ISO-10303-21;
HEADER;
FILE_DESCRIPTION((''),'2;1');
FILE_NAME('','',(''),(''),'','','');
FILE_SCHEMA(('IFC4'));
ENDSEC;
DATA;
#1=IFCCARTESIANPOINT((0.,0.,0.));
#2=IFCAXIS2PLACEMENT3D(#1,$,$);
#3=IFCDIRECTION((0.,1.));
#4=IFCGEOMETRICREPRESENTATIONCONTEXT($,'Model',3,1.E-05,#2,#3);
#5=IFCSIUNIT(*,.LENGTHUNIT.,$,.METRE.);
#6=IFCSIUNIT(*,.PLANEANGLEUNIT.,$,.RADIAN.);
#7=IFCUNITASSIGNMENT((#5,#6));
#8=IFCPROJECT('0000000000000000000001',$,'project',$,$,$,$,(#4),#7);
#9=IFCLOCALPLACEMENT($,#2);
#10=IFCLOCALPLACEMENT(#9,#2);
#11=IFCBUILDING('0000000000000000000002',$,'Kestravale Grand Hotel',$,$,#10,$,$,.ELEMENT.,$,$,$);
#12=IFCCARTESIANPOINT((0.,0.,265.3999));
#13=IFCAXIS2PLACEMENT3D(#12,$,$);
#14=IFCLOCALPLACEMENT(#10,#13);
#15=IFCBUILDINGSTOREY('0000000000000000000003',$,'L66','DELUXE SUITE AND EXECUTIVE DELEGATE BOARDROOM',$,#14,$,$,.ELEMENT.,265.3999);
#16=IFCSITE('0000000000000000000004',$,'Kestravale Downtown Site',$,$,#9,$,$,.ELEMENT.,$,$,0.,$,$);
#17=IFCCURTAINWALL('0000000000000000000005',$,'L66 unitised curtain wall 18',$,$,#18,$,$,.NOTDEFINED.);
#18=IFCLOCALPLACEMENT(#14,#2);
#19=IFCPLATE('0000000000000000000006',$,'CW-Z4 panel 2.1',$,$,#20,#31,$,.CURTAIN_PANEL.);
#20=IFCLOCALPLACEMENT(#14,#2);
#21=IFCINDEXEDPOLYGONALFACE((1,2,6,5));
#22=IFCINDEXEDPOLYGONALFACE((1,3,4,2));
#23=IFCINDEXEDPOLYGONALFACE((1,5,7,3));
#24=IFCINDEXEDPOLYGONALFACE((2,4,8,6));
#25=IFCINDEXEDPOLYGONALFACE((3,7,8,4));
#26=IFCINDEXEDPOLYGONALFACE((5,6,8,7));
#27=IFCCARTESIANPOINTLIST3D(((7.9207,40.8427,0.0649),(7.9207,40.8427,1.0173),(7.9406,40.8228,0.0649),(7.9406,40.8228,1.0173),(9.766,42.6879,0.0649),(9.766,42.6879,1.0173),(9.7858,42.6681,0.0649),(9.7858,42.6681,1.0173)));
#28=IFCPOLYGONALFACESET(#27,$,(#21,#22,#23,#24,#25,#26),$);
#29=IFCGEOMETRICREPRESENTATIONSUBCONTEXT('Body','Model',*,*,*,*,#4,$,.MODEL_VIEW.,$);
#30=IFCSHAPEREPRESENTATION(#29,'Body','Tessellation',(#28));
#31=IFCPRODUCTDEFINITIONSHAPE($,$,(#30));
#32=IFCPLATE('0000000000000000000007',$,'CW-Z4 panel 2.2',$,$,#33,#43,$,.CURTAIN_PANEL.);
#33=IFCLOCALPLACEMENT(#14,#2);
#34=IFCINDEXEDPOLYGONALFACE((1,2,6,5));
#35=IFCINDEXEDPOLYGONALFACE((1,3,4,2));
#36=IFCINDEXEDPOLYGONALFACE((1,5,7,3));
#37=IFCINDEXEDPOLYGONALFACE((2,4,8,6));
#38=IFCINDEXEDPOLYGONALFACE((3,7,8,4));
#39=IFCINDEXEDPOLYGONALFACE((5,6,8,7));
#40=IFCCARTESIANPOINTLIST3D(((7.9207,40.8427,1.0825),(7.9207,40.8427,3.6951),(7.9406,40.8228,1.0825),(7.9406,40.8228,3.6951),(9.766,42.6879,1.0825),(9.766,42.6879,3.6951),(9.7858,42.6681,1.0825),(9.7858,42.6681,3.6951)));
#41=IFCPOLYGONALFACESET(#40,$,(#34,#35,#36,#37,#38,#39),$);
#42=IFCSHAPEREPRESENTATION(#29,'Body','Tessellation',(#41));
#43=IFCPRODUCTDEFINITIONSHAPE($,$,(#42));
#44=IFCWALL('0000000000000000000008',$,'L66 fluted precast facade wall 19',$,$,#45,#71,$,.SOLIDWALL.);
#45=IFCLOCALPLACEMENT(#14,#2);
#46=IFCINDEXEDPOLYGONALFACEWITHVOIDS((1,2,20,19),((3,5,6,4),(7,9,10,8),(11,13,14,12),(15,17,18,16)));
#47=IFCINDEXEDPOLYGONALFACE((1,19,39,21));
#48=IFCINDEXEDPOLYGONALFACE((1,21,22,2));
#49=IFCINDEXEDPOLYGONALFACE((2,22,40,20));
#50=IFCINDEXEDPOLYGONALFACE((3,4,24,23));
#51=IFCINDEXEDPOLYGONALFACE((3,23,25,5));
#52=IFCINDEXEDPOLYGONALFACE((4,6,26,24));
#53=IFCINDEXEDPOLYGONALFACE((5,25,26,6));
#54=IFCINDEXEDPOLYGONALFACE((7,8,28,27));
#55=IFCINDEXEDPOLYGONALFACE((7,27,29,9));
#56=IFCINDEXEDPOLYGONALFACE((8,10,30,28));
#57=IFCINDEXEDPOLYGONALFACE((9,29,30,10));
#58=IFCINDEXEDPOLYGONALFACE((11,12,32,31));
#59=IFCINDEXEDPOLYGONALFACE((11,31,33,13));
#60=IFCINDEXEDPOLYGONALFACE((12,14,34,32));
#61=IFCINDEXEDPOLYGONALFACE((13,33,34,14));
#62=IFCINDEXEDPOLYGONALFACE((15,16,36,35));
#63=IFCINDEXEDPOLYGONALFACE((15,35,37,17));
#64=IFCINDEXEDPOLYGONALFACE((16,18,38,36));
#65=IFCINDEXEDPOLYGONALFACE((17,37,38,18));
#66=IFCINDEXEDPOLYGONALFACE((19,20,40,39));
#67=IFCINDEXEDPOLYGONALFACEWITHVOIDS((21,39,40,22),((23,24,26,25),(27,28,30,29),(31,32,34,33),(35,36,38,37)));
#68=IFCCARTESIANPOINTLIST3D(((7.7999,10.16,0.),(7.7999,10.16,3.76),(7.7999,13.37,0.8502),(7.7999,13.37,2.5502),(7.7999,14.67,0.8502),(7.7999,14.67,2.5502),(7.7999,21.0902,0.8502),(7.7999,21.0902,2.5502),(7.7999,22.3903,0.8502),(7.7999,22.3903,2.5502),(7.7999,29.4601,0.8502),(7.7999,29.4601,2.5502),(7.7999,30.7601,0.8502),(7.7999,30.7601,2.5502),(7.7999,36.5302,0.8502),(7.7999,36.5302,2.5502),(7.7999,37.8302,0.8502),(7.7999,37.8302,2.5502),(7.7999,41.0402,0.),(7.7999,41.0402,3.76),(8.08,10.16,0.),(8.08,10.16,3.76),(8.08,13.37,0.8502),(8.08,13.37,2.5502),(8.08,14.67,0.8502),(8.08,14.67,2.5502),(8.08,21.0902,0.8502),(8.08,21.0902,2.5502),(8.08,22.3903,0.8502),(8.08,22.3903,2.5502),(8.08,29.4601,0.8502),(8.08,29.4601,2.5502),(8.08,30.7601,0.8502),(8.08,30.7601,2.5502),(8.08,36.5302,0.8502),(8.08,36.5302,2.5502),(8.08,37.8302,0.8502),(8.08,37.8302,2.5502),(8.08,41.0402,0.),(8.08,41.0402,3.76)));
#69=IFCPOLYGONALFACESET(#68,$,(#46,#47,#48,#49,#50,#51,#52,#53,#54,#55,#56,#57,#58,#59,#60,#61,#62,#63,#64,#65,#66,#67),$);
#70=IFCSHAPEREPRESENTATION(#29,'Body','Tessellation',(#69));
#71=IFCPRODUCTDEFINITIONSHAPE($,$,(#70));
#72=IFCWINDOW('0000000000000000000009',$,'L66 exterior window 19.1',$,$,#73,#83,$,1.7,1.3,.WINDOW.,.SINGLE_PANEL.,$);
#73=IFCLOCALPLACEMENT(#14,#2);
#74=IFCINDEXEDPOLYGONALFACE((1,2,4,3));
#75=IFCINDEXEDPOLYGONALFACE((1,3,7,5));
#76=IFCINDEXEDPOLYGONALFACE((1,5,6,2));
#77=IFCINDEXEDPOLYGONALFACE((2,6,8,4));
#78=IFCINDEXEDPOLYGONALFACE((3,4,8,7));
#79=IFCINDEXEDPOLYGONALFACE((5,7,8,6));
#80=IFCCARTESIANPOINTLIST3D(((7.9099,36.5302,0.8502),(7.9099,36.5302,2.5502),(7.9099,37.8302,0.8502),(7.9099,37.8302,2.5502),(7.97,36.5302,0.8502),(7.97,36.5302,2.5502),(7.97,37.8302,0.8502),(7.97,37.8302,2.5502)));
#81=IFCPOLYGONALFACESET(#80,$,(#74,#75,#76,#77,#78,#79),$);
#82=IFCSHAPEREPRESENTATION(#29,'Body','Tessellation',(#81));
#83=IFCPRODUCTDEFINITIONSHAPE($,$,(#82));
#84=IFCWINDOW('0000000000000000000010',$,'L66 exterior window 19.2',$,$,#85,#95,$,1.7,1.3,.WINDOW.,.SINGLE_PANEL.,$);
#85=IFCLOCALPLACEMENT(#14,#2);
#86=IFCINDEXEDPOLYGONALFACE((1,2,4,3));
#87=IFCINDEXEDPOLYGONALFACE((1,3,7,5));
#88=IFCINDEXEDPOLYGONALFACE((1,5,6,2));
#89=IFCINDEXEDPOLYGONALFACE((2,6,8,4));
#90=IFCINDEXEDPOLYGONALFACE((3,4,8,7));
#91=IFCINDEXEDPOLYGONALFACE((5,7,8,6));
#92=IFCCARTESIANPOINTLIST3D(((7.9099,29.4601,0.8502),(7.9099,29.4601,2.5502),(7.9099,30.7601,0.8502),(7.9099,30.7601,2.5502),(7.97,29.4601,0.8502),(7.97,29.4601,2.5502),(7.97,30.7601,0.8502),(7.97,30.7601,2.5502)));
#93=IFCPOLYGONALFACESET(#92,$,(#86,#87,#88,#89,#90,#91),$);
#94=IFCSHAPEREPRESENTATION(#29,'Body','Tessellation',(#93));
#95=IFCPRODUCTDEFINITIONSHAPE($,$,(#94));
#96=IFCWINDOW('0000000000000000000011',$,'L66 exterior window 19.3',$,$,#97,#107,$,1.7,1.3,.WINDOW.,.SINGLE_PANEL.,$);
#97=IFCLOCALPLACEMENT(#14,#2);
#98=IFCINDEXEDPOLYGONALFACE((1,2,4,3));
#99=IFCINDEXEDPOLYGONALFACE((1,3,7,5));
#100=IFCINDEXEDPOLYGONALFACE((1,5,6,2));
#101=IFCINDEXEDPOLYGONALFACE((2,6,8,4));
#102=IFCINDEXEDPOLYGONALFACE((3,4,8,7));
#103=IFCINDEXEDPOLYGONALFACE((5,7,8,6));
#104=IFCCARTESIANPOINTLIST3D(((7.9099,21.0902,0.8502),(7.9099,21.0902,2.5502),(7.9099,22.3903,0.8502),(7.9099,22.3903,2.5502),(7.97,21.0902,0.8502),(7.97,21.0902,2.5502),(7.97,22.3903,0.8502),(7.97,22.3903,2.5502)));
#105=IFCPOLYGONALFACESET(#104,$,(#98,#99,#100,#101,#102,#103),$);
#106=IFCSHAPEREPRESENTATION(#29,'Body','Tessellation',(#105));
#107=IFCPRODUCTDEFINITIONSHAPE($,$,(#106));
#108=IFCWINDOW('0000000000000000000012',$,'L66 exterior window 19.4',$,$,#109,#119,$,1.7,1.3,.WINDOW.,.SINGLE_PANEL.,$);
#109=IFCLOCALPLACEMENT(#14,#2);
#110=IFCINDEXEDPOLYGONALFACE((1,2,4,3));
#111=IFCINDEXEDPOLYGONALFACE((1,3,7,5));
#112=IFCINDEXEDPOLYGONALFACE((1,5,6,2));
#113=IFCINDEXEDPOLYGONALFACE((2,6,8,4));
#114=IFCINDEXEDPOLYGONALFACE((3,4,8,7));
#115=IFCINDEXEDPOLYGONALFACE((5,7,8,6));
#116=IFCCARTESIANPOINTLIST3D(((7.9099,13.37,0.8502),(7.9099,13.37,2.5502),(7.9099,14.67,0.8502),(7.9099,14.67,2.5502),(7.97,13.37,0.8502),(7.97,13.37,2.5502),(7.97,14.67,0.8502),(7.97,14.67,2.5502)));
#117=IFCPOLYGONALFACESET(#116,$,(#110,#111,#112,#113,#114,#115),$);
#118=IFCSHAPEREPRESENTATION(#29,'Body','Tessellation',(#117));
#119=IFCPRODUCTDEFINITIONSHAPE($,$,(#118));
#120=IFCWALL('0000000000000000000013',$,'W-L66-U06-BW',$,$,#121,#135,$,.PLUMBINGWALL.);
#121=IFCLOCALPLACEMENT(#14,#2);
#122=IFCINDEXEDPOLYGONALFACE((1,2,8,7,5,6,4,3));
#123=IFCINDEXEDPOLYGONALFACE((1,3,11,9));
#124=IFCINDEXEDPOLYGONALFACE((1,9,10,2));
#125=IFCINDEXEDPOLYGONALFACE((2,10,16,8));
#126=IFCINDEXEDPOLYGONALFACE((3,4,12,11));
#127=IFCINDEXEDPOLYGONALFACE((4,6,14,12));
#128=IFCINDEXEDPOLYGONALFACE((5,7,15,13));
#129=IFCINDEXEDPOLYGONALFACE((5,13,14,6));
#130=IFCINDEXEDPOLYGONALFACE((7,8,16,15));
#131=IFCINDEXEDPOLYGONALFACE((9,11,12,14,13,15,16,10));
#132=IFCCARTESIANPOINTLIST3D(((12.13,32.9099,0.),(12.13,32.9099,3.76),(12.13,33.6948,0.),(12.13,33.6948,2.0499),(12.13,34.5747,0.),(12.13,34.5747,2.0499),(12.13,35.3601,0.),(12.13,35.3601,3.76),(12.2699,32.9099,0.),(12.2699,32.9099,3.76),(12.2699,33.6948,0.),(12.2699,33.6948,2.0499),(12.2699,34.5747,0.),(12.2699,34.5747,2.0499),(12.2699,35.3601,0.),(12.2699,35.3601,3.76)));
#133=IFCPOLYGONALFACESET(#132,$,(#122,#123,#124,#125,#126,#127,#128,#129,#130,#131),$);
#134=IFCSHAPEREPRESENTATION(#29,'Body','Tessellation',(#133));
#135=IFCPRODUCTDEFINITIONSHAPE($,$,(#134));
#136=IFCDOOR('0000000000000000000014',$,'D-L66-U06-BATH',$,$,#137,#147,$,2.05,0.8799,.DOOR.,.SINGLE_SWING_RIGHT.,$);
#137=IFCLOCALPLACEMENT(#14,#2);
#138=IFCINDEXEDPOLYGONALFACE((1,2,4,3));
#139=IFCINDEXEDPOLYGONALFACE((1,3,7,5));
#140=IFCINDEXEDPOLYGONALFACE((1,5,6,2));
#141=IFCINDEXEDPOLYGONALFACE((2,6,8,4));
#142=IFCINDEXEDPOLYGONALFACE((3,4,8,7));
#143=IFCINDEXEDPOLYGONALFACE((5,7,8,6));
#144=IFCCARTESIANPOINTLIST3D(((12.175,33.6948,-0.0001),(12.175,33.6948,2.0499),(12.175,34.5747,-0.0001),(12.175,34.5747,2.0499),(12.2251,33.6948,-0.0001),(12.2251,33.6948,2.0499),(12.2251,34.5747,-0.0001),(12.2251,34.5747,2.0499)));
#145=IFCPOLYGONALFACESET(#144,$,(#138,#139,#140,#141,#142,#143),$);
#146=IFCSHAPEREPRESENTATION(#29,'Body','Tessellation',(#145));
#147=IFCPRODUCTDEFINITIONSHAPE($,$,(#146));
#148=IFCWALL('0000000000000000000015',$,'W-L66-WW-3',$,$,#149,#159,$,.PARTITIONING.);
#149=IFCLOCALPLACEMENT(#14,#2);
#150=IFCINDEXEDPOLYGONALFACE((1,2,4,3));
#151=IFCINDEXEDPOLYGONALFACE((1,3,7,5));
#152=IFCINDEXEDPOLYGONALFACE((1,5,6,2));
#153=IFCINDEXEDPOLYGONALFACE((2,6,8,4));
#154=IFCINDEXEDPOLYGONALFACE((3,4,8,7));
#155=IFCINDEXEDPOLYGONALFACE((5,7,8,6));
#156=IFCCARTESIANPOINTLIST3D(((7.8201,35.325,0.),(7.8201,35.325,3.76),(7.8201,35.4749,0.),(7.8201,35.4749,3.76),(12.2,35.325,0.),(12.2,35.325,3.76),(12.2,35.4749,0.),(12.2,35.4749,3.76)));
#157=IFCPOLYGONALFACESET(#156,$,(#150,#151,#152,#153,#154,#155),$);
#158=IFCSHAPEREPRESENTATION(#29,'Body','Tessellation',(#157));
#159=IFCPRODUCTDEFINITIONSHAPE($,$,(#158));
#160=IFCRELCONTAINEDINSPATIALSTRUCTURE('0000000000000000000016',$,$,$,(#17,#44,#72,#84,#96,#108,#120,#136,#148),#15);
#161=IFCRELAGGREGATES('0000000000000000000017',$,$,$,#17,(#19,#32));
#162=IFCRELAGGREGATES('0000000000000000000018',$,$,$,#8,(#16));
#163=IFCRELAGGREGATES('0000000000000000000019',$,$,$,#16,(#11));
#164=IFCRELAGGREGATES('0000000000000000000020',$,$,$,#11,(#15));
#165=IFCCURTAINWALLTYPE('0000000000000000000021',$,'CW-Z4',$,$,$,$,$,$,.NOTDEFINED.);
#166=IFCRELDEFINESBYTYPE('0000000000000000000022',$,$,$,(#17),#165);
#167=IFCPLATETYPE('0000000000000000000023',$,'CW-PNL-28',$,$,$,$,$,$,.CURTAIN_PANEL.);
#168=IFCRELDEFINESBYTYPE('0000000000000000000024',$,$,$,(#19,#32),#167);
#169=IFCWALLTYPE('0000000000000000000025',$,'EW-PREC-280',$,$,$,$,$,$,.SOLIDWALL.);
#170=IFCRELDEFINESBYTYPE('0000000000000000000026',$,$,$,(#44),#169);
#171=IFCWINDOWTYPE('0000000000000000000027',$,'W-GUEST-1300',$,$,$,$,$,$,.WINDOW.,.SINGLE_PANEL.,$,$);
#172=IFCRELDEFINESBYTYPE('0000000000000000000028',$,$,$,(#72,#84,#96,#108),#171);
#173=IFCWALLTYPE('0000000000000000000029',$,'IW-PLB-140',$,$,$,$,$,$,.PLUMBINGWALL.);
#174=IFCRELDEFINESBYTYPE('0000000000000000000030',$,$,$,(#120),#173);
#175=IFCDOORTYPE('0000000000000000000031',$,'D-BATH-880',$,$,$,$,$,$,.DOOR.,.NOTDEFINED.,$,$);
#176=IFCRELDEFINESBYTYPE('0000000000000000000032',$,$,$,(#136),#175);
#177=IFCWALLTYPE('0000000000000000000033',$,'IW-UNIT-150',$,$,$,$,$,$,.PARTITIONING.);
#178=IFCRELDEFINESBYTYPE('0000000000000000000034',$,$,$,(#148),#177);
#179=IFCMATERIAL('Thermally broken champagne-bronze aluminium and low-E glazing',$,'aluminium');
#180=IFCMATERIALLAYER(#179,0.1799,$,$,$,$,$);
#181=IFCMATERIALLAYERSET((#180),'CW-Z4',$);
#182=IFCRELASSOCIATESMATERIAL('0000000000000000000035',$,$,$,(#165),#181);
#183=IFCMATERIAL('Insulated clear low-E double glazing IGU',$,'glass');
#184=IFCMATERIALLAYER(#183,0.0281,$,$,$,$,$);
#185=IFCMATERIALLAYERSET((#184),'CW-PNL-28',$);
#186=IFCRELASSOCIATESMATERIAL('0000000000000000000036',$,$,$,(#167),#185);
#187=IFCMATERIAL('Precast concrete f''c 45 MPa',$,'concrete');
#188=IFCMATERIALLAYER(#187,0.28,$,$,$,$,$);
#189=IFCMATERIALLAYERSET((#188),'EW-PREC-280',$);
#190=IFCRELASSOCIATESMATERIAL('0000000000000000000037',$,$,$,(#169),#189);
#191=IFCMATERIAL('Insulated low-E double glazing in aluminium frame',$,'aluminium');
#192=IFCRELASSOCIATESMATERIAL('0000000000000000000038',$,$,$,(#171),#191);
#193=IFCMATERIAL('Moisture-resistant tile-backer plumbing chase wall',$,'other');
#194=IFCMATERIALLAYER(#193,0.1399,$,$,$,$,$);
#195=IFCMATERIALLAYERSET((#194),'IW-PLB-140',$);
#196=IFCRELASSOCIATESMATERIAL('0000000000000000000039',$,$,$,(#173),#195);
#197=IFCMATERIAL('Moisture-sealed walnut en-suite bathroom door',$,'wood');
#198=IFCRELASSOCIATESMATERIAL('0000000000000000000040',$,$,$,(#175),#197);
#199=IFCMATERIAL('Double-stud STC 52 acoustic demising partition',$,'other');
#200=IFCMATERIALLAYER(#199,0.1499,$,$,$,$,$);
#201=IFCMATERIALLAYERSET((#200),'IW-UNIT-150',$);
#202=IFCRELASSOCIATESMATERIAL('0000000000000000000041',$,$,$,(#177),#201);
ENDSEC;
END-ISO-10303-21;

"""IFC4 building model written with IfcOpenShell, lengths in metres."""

from ifc_helpers import new_model, si_unit, direction, frame, frame_2d, origin, origin_2d, place, context, subcontext, project, spatial, rectangle, extrude, material, layer, layer_set, type_object, element, fill, aggregate, save


model = new_model("IFC4")

# Units and contexts
model_context = context("Model", 3, precision=1e-05, world=origin(), true_north=direction((0.0, 1.0)))
body_context = subcontext(model_context, "Body", "Model", "MODEL_VIEW")
ifc_project = project(units=[si_unit("LENGTHUNIT", "METRE"), si_unit("PLANEANGLEUNIT", "RADIAN")], contexts=[model_context])

# Site, building, storey
site_placement = place(None, origin())
site = spatial("IfcSite", under=ifc_project, at=site_placement, Name="Kestravale Downtown Site", CompositionType="ELEMENT", RefElevation=0.0)
building_placement = place(site_placement, origin())
building = spatial("IfcBuilding", under=site, at=building_placement, Name="Kestravale Grand Hotel", CompositionType="ELEMENT")
storey_placement = place(building_placement, frame((0.0, 0.0, 265.3999)))
storey = spatial("IfcBuildingStorey", under=building, at=storey_placement, Name="L66", Description="DELUXE SUITE AND EXECUTIVE DELEGATE BOARDROOM", CompositionType="ELEMENT", Elevation=265.3999)

# Curtain wall, plates
ifc_material_1 = material(Name="Thermally broken champagne-bronze aluminium and low-E glazing", Category="aluminium")
ifc_layer_1 = layer(ifc_material_1, 0.1799)
ifc_layer_set_1 = layer_set([ifc_layer_1], Name="CW-Z4")
curtain_wall_type = type_object("IfcCurtainWallType", Name="CW-Z4", PredefinedType="NOTDEFINED", material=ifc_layer_set_1)
curtain_wall_placement = place(storey_placement, origin())
curtain_wall = element("IfcCurtainWall", 1, at=curtain_wall_placement, inside=storey, type_object=curtain_wall_type, Name="L66 unitised curtain wall 18", PredefinedType="NOTDEFINED")
ifc_material_2 = material(Name="Insulated clear low-E double glazing IGU", Category="glass")
ifc_layer_2 = layer(ifc_material_2, 0.0281)
ifc_layer_set_2 = layer_set([ifc_layer_2], Name="CW-PNL-28")
plate_type = type_object("IfcPlateType", Name="CW-PNL-28", PredefinedType="CURTAIN_PANEL", material=ifc_layer_set_2)
plate_1_placement = place(storey_placement, frame((8.8533, 41.7554, 0.0649), z_axis=(0.0, 0.0, 1.0), x_axis=(-0.707107, -0.707107, 0.0)))
plate_1 = element("IfcPlate", 2, at=plate_1_placement, type_object=plate_type, Name="CW-Z4 panel 2.1", PredefinedType="CURTAIN_PANEL", context=body_context, shape_type="SweptSolid", body=[
    extrude(rectangle(XDim=2.6096, YDim=0.0281, at=origin_2d()), origin(), (0.0, 0.0, 1.0), 0.9524),
])
plate_2_placement = place(storey_placement, frame((8.8533, 41.7554, 1.0825), z_axis=(0.0, 0.0, 1.0), x_axis=(-0.707107, -0.707107, 0.0)))
plate_2 = element("IfcPlate", 3, at=plate_2_placement, type_object=plate_type, Name="CW-Z4 panel 2.2", PredefinedType="CURTAIN_PANEL", context=body_context, shape_type="SweptSolid", body=[
    extrude(rectangle(XDim=2.6096, YDim=0.0281, at=origin_2d()), origin(), (0.0, 0.0, 1.0), 2.6125),
])
aggregate(curtain_wall, [plate_1, plate_2])

# Wall, openings, windows
ifc_material_3 = material(Name="Precast concrete f'c 45 MPa", Category="concrete")
ifc_layer_3 = layer(ifc_material_3, 0.28)
ifc_layer_set_3 = layer_set([ifc_layer_3], Name="EW-PREC-280")
wall_type_1 = type_object("IfcWallType", Name="EW-PREC-280", PredefinedType="SOLIDWALL", material=ifc_layer_set_3)
wall_1_placement = place(storey_placement, frame((7.9399, 41.04, 0.0), z_axis=(0.0, 0.0, 1.0), x_axis=(0.0, -1.0, 0.0)))
wall_1 = element("IfcWall", 4, at=wall_1_placement, inside=storey, type_object=wall_type_1, Name="L66 fluted precast facade wall 19", PredefinedType="SOLIDWALL", context=body_context, shape_type="SweptSolid", body=[
    extrude(rectangle(XDim=30.8801, YDim=0.28, at=frame_2d((15.4399, 0.0))), origin(), (0.0, 0.0, 1.0), 3.76),
])
opening_1_placement = place(wall_1_placement, frame((3.21, 0.0, 0.8501)))
opening_1 = element("IfcOpeningElement", 5, at=opening_1_placement, cuts=wall_1, PredefinedType="OPENING", context=body_context, shape_type="SweptSolid", body=[
    extrude(rectangle(XDim=1.3, YDim=1.7, at=frame_2d((0.6499, 0.8501))), frame((0.0, 0.1499, 0.0), z_axis=(0.0, -1.0, 0.0), x_axis=(1.0, 0.0, 0.0)), (0.0, 0.0, 1.0), 0.3),
])
opening_2_placement = place(wall_1_placement, frame((10.28, 0.0, 0.8501)))
opening_2 = element("IfcOpeningElement", 6, at=opening_2_placement, cuts=wall_1, PredefinedType="OPENING", context=body_context, shape_type="SweptSolid", body=[
    extrude(rectangle(XDim=1.3, YDim=1.7, at=frame_2d((0.6499, 0.8501))), frame((0.0, 0.1499, 0.0), z_axis=(0.0, -1.0, 0.0), x_axis=(1.0, 0.0, 0.0)), (0.0, 0.0, 1.0), 0.3),
])
opening_3_placement = place(wall_1_placement, frame((18.6499, 0.0, 0.8501)))
opening_3 = element("IfcOpeningElement", 7, at=opening_3_placement, cuts=wall_1, PredefinedType="OPENING", context=body_context, shape_type="SweptSolid", body=[
    extrude(rectangle(XDim=1.3, YDim=1.7, at=frame_2d((0.6499, 0.8501))), frame((0.0, 0.1499, 0.0), z_axis=(0.0, -1.0, 0.0), x_axis=(1.0, 0.0, 0.0)), (0.0, 0.0, 1.0), 0.3),
])
opening_4_placement = place(wall_1_placement, frame((26.3701, 0.0, 0.8501)))
opening_4 = element("IfcOpeningElement", 8, at=opening_4_placement, cuts=wall_1, PredefinedType="OPENING", context=body_context, shape_type="SweptSolid", body=[
    extrude(rectangle(XDim=1.3, YDim=1.7, at=frame_2d((0.6499, 0.8501))), frame((0.0, 0.1499, 0.0), z_axis=(0.0, -1.0, 0.0), x_axis=(1.0, 0.0, 0.0)), (0.0, 0.0, 1.0), 0.3),
])
ifc_material_4 = material(Name="Insulated low-E double glazing in aluminium frame", Category="aluminium")
window_type = type_object("IfcWindowType", Name="W-GUEST-1300", PartitioningType="SINGLE_PANEL", PredefinedType="WINDOW", material=ifc_material_4)
window_1_placement = place(opening_1_placement, origin())
window_1 = element("IfcWindow", 9, at=window_1_placement, inside=storey, type_object=window_type, Name="L66 exterior window 19.1", OverallHeight=1.7, OverallWidth=1.3, PartitioningType="SINGLE_PANEL", PredefinedType="WINDOW", context=body_context, shape_type="SweptSolid", body=[
    extrude(rectangle(XDim=1.3, YDim=1.7, at=frame_2d((0.6499, 0.8501))), frame((0.0, 0.03, 0.0), z_axis=(0.0, -1.0, 0.0), x_axis=(1.0, 0.0, 0.0)), (0.0, 0.0, 1.0), 0.0601),
])
fill(opening_1, window_1)
window_2_placement = place(opening_2_placement, origin())
window_2 = element("IfcWindow", 10, at=window_2_placement, inside=storey, type_object=window_type, Name="L66 exterior window 19.2", OverallHeight=1.7, OverallWidth=1.3, PartitioningType="SINGLE_PANEL", PredefinedType="WINDOW", context=body_context, shape_type="SweptSolid", body=[
    extrude(rectangle(XDim=1.3, YDim=1.7, at=frame_2d((0.6499, 0.8501))), frame((0.0, 0.03, 0.0), z_axis=(0.0, -1.0, 0.0), x_axis=(1.0, 0.0, 0.0)), (0.0, 0.0, 1.0), 0.0601),
])
fill(opening_2, window_2)
window_3_placement = place(opening_3_placement, origin())
window_3 = element("IfcWindow", 11, at=window_3_placement, inside=storey, type_object=window_type, Name="L66 exterior window 19.3", OverallHeight=1.7, OverallWidth=1.3, PartitioningType="SINGLE_PANEL", PredefinedType="WINDOW", context=body_context, shape_type="SweptSolid", body=[
    extrude(rectangle(XDim=1.3, YDim=1.7, at=frame_2d((0.6499, 0.8501))), frame((0.0, 0.03, 0.0), z_axis=(0.0, -1.0, 0.0), x_axis=(1.0, 0.0, 0.0)), (0.0, 0.0, 1.0), 0.0601),
])
fill(opening_3, window_3)
window_4_placement = place(opening_4_placement, origin())
window_4 = element("IfcWindow", 12, at=window_4_placement, inside=storey, type_object=window_type, Name="L66 exterior window 19.4", OverallHeight=1.7, OverallWidth=1.3, PartitioningType="SINGLE_PANEL", PredefinedType="WINDOW", context=body_context, shape_type="SweptSolid", body=[
    extrude(rectangle(XDim=1.3, YDim=1.7, at=frame_2d((0.6499, 0.8501))), frame((0.0, 0.03, 0.0), z_axis=(0.0, -1.0, 0.0), x_axis=(1.0, 0.0, 0.0)), (0.0, 0.0, 1.0), 0.0601),
])
fill(opening_4, window_4)

# Wall, opening, door
ifc_material_5 = material(Name="Moisture-resistant tile-backer plumbing chase wall", Category="other")
ifc_layer_4 = layer(ifc_material_5, 0.1399)
ifc_layer_set_4 = layer_set([ifc_layer_4], Name="IW-PLB-140")
wall_type_2 = type_object("IfcWallType", Name="IW-PLB-140", PredefinedType="PLUMBINGWALL", material=ifc_layer_set_4)
wall_2_placement = place(storey_placement, frame((12.2, 32.9099, 0.0), z_axis=(0.0, 0.0, 1.0), x_axis=(0.0, 1.0, 0.0)))
wall_2 = element("IfcWall", 13, at=wall_2_placement, inside=storey, type_object=wall_type_2, Name="W-L66-U06-BW", PredefinedType="PLUMBINGWALL", context=body_context, shape_type="SweptSolid", body=[
    extrude(rectangle(XDim=2.4502, YDim=0.1399, at=frame_2d((1.2251, 0.0))), origin(), (0.0, 0.0, 1.0), 3.76),
])
opening_5_placement = place(wall_2_placement, frame((0.7849, 0.0, 0.0)))
opening_5 = element("IfcOpeningElement", 14, at=opening_5_placement, cuts=wall_2, PredefinedType="OPENING", context=body_context, shape_type="SweptSolid", body=[
    extrude(rectangle(XDim=0.8799, YDim=2.05, at=frame_2d((0.4399, 1.0249))), frame((0.0, 0.0798, 0.0), z_axis=(0.0, -1.0, 0.0), x_axis=(1.0, 0.0, 0.0)), (0.0, 0.0, 1.0), 0.1599),
])
ifc_material_6 = material(Name="Moisture-sealed walnut en-suite bathroom door", Category="wood")
door_type = type_object("IfcDoorType", Name="D-BATH-880", OperationType="NOTDEFINED", PredefinedType="DOOR", material=ifc_material_6)
door_placement = place(opening_5_placement, origin())
door = element("IfcDoor", 15, at=door_placement, inside=storey, type_object=door_type, Name="D-L66-U06-BATH", OperationType="SINGLE_SWING_RIGHT", OverallHeight=2.05, OverallWidth=0.8799, PredefinedType="DOOR", context=body_context, shape_type="SweptSolid", body=[
    extrude(rectangle(XDim=0.8799, YDim=2.05, at=frame_2d((0.4399, 1.0249))), frame((0.0, 0.0249, 0.0), z_axis=(0.0, -1.0, 0.0), x_axis=(1.0, 0.0, 0.0)), (0.0, 0.0, 1.0), 0.05),
])
fill(opening_5, door)

# Wall
ifc_material_7 = material(Name="Double-stud STC 52 acoustic demising partition", Category="other")
ifc_layer_5 = layer(ifc_material_7, 0.1499)
ifc_layer_set_5 = layer_set([ifc_layer_5], Name="IW-UNIT-150")
wall_type_3 = type_object("IfcWallType", Name="IW-UNIT-150", PredefinedType="PARTITIONING", material=ifc_layer_set_5)
wall_3_placement = place(storey_placement, frame((7.8201, 35.3999, 0.0), z_axis=(0.0, 0.0, 1.0), x_axis=(1.0, 0.0, 0.0)))
element("IfcWall", 16, at=wall_3_placement, inside=storey, type_object=wall_type_3, Name="W-L66-WW-3", PredefinedType="PARTITIONING", context=body_context, shape_type="SweptSolid", body=[
    extrude(rectangle(XDim=4.3799, YDim=0.1499, at=frame_2d((2.1899, 0.0))), origin(), (0.0, 0.0, 1.0), 3.76),
])

save(model, "model.ifc")
